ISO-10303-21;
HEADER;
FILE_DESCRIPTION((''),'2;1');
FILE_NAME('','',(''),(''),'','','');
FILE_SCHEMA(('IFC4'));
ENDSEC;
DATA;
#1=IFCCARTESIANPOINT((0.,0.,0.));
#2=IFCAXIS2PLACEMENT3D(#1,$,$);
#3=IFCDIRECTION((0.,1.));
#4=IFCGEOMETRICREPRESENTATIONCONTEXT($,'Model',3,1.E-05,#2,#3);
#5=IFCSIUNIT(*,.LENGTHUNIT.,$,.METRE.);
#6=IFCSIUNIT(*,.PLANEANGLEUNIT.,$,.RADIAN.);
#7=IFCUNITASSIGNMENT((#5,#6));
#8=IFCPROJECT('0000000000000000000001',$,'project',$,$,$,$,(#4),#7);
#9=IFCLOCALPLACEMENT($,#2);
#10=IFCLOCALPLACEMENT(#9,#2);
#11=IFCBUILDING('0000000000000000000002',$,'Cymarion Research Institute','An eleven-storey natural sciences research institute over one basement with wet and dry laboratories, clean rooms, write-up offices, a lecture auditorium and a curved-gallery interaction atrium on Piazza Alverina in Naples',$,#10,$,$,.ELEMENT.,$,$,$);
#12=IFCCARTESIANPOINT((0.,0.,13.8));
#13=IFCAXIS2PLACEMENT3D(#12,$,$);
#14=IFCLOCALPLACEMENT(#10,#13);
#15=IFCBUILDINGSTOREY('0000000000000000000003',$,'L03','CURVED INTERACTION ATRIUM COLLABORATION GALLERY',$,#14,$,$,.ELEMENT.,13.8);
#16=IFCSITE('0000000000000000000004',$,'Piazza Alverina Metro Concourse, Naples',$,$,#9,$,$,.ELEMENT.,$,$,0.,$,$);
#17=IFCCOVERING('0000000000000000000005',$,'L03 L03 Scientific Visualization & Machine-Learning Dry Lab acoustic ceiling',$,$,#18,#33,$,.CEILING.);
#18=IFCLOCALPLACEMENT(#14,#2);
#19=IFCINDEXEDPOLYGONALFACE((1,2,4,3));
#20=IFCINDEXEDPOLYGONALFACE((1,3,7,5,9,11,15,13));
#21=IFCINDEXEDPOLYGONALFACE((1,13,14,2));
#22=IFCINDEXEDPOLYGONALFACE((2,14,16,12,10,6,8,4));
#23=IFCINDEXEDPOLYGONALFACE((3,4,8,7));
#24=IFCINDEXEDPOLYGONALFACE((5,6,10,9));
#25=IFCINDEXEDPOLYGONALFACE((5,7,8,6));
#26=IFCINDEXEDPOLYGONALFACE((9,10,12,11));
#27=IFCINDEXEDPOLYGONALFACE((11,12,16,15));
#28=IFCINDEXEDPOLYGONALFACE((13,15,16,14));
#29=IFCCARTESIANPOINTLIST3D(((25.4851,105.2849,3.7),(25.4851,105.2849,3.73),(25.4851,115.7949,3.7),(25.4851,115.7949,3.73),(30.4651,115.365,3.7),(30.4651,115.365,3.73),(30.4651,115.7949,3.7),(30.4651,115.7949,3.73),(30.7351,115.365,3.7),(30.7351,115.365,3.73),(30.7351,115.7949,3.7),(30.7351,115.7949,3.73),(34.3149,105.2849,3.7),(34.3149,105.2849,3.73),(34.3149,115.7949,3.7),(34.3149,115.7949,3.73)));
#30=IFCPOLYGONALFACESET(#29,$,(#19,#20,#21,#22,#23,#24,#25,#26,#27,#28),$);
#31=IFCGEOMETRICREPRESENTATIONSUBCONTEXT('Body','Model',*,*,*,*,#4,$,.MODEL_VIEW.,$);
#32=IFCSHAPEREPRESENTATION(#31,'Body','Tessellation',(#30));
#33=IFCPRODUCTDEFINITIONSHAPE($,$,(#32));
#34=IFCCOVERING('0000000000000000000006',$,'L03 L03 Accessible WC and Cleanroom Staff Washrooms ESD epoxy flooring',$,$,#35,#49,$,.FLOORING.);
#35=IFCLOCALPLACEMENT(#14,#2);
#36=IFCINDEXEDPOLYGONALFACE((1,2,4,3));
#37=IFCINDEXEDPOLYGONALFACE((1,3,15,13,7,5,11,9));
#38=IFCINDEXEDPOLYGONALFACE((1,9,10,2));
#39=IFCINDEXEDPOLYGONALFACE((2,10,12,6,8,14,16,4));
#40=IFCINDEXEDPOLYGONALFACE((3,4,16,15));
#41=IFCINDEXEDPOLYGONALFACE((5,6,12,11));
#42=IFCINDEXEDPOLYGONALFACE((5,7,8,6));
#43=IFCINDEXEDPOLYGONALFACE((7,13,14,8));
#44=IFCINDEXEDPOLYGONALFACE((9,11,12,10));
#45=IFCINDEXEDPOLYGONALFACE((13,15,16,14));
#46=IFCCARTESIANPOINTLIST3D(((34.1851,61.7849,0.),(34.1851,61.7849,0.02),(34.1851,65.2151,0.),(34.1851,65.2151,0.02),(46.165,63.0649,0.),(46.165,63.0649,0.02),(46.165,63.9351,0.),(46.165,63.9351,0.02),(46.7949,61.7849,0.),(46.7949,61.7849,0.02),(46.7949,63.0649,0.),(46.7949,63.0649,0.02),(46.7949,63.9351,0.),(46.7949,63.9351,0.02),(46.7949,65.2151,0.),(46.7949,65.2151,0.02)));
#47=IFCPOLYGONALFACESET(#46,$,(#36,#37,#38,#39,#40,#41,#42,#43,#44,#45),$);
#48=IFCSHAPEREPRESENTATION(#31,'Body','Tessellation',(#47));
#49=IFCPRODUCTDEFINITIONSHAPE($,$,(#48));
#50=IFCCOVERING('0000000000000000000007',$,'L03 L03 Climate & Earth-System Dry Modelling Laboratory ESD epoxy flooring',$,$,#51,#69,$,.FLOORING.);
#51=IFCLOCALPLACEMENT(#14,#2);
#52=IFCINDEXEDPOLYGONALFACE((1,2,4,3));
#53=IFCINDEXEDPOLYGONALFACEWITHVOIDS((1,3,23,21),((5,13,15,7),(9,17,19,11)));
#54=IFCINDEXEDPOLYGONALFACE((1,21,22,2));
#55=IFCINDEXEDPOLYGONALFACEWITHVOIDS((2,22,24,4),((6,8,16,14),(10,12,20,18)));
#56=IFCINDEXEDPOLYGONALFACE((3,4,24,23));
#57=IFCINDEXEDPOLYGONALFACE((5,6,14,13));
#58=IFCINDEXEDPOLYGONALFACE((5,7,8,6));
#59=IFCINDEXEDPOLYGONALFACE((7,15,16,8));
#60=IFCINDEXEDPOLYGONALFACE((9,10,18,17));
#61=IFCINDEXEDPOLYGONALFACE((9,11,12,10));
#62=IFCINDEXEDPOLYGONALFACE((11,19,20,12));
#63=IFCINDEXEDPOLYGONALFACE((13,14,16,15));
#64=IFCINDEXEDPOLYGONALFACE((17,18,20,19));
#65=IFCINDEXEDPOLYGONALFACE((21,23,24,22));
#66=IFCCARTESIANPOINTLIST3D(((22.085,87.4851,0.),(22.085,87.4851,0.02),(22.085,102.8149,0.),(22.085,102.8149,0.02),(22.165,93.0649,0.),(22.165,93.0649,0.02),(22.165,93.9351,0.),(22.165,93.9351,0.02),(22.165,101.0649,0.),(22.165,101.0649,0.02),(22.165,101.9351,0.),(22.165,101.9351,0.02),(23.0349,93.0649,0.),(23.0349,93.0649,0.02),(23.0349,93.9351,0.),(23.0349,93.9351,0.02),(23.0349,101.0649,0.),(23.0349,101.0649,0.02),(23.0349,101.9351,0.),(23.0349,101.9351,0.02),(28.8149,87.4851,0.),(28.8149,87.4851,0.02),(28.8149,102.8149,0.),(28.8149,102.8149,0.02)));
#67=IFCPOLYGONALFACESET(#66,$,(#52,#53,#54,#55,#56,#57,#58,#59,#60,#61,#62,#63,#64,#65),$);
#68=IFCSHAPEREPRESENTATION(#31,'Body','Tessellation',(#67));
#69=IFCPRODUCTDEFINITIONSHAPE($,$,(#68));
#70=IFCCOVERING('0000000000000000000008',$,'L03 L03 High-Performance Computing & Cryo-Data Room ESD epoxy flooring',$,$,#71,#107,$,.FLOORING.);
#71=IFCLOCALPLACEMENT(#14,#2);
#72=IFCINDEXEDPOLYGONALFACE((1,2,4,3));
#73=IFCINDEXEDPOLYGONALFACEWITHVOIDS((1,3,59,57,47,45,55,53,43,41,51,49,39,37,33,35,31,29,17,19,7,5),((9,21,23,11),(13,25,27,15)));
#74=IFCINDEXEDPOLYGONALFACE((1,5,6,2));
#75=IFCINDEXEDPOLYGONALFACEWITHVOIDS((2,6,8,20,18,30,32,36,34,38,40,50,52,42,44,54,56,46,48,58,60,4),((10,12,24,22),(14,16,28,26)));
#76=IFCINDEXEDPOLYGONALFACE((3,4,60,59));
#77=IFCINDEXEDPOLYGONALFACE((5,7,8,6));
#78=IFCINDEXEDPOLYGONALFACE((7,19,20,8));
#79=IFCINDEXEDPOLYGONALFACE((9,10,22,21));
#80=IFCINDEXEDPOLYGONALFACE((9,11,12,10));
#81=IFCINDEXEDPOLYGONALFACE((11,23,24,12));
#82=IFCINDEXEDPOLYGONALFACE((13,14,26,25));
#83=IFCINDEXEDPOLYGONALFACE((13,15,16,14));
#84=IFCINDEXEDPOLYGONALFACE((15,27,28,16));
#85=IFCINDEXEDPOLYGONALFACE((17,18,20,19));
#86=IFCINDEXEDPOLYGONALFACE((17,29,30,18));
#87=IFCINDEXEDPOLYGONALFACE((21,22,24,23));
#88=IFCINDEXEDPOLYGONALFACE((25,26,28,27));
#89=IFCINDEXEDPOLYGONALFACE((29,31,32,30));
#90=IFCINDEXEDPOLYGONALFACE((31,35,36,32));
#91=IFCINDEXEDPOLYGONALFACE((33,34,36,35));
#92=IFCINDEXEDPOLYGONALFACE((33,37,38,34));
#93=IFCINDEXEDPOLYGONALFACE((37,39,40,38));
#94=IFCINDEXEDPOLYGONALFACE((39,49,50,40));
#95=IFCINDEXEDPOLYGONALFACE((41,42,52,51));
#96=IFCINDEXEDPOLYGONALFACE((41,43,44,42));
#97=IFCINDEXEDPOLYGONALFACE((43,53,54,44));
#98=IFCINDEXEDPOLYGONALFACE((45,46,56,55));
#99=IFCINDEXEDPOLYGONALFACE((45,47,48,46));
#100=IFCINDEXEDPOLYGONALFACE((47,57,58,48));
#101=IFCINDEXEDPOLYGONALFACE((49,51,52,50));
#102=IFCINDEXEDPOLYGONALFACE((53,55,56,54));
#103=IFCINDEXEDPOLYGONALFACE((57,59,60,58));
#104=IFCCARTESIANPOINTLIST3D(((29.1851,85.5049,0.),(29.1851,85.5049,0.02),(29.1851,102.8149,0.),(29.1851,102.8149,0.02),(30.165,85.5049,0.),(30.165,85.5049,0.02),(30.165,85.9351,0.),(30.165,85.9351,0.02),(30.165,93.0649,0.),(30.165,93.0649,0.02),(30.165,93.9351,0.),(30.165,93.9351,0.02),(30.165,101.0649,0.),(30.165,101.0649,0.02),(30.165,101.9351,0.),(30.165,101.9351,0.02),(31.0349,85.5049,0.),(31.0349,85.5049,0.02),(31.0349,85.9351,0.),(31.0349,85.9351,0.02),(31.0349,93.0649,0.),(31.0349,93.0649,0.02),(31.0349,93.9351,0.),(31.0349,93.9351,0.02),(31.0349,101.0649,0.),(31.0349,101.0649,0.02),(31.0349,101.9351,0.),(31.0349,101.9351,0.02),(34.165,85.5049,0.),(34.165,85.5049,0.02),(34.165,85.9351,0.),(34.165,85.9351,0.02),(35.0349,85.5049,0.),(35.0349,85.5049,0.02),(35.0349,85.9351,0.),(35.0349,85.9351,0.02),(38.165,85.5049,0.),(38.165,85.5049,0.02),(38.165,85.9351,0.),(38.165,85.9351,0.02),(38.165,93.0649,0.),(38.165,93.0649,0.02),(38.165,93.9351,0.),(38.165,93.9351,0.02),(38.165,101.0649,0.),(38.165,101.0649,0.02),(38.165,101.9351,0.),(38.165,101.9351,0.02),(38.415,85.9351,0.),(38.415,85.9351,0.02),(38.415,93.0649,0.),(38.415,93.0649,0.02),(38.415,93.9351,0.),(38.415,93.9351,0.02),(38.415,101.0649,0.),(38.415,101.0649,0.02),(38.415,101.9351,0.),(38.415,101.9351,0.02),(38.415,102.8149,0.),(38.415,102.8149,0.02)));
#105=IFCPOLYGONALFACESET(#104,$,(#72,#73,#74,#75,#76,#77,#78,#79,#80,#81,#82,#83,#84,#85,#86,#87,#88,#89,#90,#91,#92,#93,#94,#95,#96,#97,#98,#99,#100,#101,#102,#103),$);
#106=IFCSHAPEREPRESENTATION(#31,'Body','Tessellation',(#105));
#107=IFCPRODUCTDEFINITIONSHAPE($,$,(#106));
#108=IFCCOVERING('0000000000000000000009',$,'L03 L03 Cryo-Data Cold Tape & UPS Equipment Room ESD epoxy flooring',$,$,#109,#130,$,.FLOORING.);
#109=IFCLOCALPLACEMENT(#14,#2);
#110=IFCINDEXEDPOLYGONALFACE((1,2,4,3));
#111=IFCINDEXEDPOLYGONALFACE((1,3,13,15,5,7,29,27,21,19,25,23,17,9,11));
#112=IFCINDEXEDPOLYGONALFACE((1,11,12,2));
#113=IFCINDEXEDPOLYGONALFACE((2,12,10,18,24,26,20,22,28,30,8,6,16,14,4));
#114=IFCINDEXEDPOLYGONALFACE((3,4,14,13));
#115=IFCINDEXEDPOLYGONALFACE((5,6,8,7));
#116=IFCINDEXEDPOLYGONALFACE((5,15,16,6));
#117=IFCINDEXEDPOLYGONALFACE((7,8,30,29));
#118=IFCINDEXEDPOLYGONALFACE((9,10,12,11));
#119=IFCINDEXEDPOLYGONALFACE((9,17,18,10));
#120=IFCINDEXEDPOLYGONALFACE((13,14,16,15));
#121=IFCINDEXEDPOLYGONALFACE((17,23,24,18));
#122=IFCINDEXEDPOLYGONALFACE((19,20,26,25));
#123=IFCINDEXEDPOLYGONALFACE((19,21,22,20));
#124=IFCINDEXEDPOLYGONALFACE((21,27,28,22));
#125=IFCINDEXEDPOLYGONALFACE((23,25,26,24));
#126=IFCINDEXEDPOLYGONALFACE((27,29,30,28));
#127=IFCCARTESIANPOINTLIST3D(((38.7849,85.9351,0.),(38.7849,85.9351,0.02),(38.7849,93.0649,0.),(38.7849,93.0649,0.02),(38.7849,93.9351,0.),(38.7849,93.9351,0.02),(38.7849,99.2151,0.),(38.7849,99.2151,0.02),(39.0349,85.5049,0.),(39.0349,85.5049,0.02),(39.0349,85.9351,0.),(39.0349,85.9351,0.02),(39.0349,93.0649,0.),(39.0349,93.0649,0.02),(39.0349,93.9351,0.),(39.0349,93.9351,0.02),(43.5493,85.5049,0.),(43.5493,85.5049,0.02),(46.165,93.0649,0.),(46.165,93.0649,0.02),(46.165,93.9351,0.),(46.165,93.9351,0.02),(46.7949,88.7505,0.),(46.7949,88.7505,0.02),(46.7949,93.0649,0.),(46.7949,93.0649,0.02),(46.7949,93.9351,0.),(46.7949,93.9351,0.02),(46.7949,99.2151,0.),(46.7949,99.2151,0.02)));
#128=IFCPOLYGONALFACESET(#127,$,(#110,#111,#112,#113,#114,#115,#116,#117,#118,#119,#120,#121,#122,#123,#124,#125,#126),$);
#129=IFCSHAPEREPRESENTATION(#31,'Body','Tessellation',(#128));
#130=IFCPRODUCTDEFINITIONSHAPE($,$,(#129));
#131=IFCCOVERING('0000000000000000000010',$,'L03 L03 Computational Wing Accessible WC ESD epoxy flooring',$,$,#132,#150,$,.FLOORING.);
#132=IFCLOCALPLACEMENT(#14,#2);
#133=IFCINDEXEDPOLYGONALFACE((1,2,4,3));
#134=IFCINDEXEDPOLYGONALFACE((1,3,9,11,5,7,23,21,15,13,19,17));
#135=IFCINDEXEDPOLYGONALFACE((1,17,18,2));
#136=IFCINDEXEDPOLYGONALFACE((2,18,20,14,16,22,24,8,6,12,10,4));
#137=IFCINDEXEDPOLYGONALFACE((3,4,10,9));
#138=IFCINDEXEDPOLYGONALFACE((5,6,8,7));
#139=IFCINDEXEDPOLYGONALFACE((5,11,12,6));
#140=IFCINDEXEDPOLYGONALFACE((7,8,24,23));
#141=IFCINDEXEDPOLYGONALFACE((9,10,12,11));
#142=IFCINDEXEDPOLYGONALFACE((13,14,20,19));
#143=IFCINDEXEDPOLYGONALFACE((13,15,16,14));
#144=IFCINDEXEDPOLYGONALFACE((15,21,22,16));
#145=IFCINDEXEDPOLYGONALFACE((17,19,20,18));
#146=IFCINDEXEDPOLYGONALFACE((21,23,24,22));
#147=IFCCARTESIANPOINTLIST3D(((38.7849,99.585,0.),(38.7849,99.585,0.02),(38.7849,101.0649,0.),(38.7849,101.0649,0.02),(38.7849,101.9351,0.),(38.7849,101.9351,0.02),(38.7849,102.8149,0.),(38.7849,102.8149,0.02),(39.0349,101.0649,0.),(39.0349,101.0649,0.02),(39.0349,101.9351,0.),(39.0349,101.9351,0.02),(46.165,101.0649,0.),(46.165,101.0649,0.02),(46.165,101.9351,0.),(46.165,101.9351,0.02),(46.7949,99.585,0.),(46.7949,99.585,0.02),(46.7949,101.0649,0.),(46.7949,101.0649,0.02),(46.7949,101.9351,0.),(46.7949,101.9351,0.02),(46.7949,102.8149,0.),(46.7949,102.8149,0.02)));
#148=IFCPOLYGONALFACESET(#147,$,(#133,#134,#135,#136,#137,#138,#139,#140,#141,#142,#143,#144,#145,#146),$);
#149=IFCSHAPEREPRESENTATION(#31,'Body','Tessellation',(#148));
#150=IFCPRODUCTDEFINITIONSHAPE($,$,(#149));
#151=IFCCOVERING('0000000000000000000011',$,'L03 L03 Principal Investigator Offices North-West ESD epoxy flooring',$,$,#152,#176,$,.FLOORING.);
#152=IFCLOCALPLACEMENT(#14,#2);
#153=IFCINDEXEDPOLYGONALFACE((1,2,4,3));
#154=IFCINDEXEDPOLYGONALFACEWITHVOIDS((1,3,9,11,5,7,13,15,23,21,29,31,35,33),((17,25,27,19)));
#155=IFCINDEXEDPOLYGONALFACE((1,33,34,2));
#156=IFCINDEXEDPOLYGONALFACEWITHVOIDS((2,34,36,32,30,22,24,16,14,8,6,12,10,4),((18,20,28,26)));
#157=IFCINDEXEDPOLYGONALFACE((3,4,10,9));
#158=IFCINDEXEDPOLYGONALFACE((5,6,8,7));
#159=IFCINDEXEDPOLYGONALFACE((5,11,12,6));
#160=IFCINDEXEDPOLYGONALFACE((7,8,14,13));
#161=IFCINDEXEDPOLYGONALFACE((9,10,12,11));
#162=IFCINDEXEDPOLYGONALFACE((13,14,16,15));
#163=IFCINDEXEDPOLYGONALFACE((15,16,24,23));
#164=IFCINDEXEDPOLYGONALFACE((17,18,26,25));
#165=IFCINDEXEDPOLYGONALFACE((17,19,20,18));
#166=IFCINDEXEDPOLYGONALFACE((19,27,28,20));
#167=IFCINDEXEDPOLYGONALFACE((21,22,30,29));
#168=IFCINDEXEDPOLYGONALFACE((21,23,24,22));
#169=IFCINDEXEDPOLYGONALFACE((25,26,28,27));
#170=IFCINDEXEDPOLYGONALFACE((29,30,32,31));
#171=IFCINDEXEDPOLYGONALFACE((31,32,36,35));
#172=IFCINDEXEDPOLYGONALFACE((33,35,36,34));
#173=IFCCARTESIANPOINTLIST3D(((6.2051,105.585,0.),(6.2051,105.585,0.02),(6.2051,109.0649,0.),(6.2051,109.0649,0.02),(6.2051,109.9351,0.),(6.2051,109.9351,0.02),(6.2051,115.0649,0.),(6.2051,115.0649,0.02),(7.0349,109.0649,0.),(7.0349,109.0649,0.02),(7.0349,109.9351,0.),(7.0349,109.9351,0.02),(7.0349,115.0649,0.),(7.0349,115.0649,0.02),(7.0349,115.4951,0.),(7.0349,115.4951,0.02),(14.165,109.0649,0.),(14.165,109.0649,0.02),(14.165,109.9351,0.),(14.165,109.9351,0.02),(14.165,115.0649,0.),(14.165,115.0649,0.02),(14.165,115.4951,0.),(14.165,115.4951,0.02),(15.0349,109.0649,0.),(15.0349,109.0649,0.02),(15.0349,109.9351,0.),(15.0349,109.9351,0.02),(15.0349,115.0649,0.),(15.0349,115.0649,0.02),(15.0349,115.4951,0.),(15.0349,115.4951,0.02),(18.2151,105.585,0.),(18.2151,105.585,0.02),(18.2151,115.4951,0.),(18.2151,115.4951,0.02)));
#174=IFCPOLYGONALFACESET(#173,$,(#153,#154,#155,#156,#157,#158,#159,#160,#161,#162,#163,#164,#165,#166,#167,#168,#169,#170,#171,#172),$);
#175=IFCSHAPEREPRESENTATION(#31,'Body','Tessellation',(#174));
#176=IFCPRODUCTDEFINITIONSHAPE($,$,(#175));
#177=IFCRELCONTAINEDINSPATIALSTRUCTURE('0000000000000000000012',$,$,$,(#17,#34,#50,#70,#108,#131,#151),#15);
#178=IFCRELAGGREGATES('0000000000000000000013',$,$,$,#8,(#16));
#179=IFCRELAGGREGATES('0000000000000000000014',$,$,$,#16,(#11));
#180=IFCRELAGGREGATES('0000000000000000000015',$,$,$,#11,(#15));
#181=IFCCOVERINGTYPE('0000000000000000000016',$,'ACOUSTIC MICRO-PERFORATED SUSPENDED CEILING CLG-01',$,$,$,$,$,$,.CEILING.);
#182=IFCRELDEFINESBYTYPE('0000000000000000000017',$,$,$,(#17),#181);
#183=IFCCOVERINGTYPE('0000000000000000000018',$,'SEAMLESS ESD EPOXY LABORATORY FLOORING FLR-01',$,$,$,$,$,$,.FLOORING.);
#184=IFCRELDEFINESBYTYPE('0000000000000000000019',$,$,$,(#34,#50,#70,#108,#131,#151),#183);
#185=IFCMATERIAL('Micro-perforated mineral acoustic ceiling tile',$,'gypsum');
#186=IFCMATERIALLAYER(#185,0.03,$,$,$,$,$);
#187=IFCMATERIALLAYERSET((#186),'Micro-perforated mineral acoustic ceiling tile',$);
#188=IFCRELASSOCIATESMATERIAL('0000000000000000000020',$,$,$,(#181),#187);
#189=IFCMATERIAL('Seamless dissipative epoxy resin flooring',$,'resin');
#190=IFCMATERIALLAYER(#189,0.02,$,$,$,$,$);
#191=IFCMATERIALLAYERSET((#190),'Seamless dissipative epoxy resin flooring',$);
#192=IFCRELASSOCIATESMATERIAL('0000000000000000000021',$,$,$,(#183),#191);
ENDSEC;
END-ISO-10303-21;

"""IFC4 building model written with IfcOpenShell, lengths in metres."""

from ifc_helpers import new_model, si_unit, direction, frame, origin, place, context, subcontext, project, spatial, polyline, outline, extrude, material, layer, layer_set, type_object, element, save


model = new_model("IFC4")

# Units and contexts
model_context = context("Model", 3, precision=1e-05, world=origin(), true_north=direction((0.0, 1.0)))
body_context = subcontext(model_context, "Body", "Model", "MODEL_VIEW")
ifc_project = project(units=[si_unit("LENGTHUNIT", "METRE"), si_unit("PLANEANGLEUNIT", "RADIAN")], contexts=[model_context])

# Site, building, storey
site_placement = place(None, origin())
site = spatial("IfcSite", under=ifc_project, at=site_placement, Name="Piazza Alverina Metro Concourse, Naples", CompositionType="ELEMENT", RefElevation=0.0)
building_placement = place(site_placement, origin())
building = spatial("IfcBuilding", under=site, at=building_placement, Name="Cymarion Research Institute", Description="An eleven-storey natural sciences research institute over one basement with wet and dry laboratories, clean rooms, write-up offices, a lecture auditorium and a curved-gallery interaction atrium on Piazza Alverina in Naples", CompositionType="ELEMENT")
storey_placement = place(building_placement, frame((0.0, 0.0, 13.8)))
storey = spatial("IfcBuildingStorey", under=building, at=storey_placement, Name="L03", Description="CURVED INTERACTION ATRIUM COLLABORATION GALLERY", CompositionType="ELEMENT", Elevation=13.8)

# Coverings
ifc_material_1 = material(Name="Micro-perforated mineral acoustic ceiling tile", Category="gypsum")
ifc_layer_1 = layer(ifc_material_1, 0.03)
ifc_layer_set_1 = layer_set([ifc_layer_1], Name="Micro-perforated mineral acoustic ceiling tile")
covering_type_1 = type_object("IfcCoveringType", Name="ACOUSTIC MICRO-PERFORATED SUSPENDED CEILING CLG-01", PredefinedType="CEILING", material=ifc_layer_set_1)
covering_1_placement = place(storey_placement, frame((0.0, 0.0, 3.7)))
element("IfcCovering", 1, at=covering_1_placement, inside=storey, type_object=covering_type_1, Name="L03 L03 Scientific Visualization & Machine-Learning Dry Lab acoustic ceiling", PredefinedType="CEILING", context=body_context, shape_type="SweptSolid", body=[
    extrude(outline(polyline([(25.4851, 115.7949), (30.4651, 115.7949), (30.4651, 115.365), (30.7351, 115.365), (30.7351, 115.7949), (34.3149, 115.7949), (34.3149, 105.2849), (25.4851, 105.2849), (25.4851, 115.7949)])), origin(), (0.0, 0.0, 1.0), 0.03),
])
ifc_material_2 = material(Name="Seamless dissipative epoxy resin flooring", Category="resin")
ifc_layer_2 = layer(ifc_material_2, 0.02)
ifc_layer_set_2 = layer_set([ifc_layer_2], Name="Seamless dissipative epoxy resin flooring")
covering_type_2 = type_object("IfcCoveringType", Name="SEAMLESS ESD EPOXY LABORATORY FLOORING FLR-01", PredefinedType="FLOORING", material=ifc_layer_set_2)
covering_2_placement = place(storey_placement, origin())
element("IfcCovering", 2, at=covering_2_placement, inside=storey, type_object=covering_type_2, Name="L03 L03 Accessible WC and Cleanroom Staff Washrooms ESD epoxy flooring", PredefinedType="FLOORING", context=body_context, shape_type="SweptSolid", body=[
    extrude(outline(polyline([(34.1851, 65.2151), (46.7949, 65.2151), (46.7949, 63.9351), (46.165, 63.9351), (46.165, 63.0649), (46.7949, 63.0649), (46.7949, 61.7849), (34.1851, 61.7849), (34.1851, 65.2151)])), origin(), (0.0, 0.0, 1.0), 0.02),
])
covering_3_placement = place(storey_placement, origin())
element("IfcCovering", 3, at=covering_3_placement, inside=storey, type_object=covering_type_2, Name="L03 L03 Climate & Earth-System Dry Modelling Laboratory ESD epoxy flooring", PredefinedType="FLOORING", context=body_context, shape_type="SweptSolid", body=[
    extrude(outline(polyline([(22.085, 102.8149), (28.8149, 102.8149), (28.8149, 87.4851), (22.085, 87.4851), (22.085, 102.8149)]), holes=[polyline([(23.0349, 93.9351), (22.165, 93.9351), (22.165, 93.0649), (23.0349, 93.0649), (23.0349, 93.9351)]), polyline([(23.0349, 101.9351), (22.165, 101.9351), (22.165, 101.0649), (23.0349, 101.0649), (23.0349, 101.9351)])]), origin(), (0.0, 0.0, 1.0), 0.02),
])
covering_4_placement = place(storey_placement, origin())
element("IfcCovering", 4, at=covering_4_placement, inside=storey, type_object=covering_type_2, Name="L03 L03 High-Performance Computing & Cryo-Data Room ESD epoxy flooring", PredefinedType="FLOORING", context=body_context, shape_type="SweptSolid", body=[
    extrude(outline(polyline([(38.415, 102.8149), (38.415, 101.9351), (38.165, 101.9351), (38.165, 101.0649), (38.415, 101.0649), (38.415, 93.9351), (38.165, 93.9351), (38.165, 93.0649), (38.415, 93.0649), (38.415, 85.9351), (38.165, 85.9351), (38.165, 85.5049), (35.0349, 85.5049), (35.0349, 85.9351), (34.165, 85.9351), (34.165, 85.5049), (31.0349, 85.5049), (31.0349, 85.9351), (30.165, 85.9351), (30.165, 85.5049), (29.1851, 85.5049), (29.1851, 102.8149), (38.415, 102.8149)]), holes=[polyline([(31.0349, 93.9351), (30.165, 93.9351), (30.165, 93.0649), (31.0349, 93.0649), (31.0349, 93.9351)]), polyline([(31.0349, 101.9351), (30.165, 101.9351), (30.165, 101.0649), (31.0349, 101.0649), (31.0349, 101.9351)])]), origin(), (0.0, 0.0, 1.0), 0.02),
])
covering_5_placement = place(storey_placement, origin())
element("IfcCovering", 5, at=covering_5_placement, inside=storey, type_object=covering_type_2, Name="L03 L03 Cryo-Data Cold Tape & UPS Equipment Room ESD epoxy flooring", PredefinedType="FLOORING", context=body_context, shape_type="SweptSolid", body=[
    extrude(outline(polyline([(46.7949, 93.0649), (46.7949, 88.7505), (43.5493, 85.5049), (39.0349, 85.5049), (39.0349, 85.9351), (38.7849, 85.9351), (38.7849, 93.0649), (39.0349, 93.0649), (39.0349, 93.9351), (38.7849, 93.9351), (38.7849, 99.2151), (46.7949, 99.2151), (46.7949, 93.9351), (46.165, 93.9351), (46.165, 93.0649), (46.7949, 93.0649)])), origin(), (0.0, 0.0, 1.0), 0.02),
])
covering_6_placement = place(storey_placement, origin())
element("IfcCovering", 6, at=covering_6_placement, inside=storey, type_object=covering_type_2, Name="L03 L03 Computational Wing Accessible WC ESD epoxy flooring", PredefinedType="FLOORING", context=body_context, shape_type="SweptSolid", body=[
    extrude(outline(polyline([(38.7849, 101.0649), (39.0349, 101.0649), (39.0349, 101.9351), (38.7849, 101.9351), (38.7849, 102.8149), (46.7949, 102.8149), (46.7949, 101.9351), (46.165, 101.9351), (46.165, 101.0649), (46.7949, 101.0649), (46.7949, 99.585), (38.7849, 99.585), (38.7849, 101.0649)])), origin(), (0.0, 0.0, 1.0), 0.02),
])
covering_7_placement = place(storey_placement, origin())
element("IfcCovering", 7, at=covering_7_placement, inside=storey, type_object=covering_type_2, Name="L03 L03 Principal Investigator Offices North-West ESD epoxy flooring", PredefinedType="FLOORING", context=body_context, shape_type="SweptSolid", body=[
    extrude(outline(polyline([(6.2051, 105.585), (6.2051, 109.0649), (7.0349, 109.0649), (7.0349, 109.9351), (6.2051, 109.9351), (6.2051, 115.0649), (7.0349, 115.0649), (7.0349, 115.4951), (14.165, 115.4951), (14.165, 115.0649), (15.0349, 115.0649), (15.0349, 115.4951), (18.2151, 115.4951), (18.2151, 105.585), (6.2051, 105.585)]), holes=[polyline([(14.165, 109.9351), (14.165, 109.0649), (15.0349, 109.0649), (15.0349, 109.9351), (14.165, 109.9351)])]), origin(), (0.0, 0.0, 1.0), 0.02),
])

save(model, "model.ifc")
